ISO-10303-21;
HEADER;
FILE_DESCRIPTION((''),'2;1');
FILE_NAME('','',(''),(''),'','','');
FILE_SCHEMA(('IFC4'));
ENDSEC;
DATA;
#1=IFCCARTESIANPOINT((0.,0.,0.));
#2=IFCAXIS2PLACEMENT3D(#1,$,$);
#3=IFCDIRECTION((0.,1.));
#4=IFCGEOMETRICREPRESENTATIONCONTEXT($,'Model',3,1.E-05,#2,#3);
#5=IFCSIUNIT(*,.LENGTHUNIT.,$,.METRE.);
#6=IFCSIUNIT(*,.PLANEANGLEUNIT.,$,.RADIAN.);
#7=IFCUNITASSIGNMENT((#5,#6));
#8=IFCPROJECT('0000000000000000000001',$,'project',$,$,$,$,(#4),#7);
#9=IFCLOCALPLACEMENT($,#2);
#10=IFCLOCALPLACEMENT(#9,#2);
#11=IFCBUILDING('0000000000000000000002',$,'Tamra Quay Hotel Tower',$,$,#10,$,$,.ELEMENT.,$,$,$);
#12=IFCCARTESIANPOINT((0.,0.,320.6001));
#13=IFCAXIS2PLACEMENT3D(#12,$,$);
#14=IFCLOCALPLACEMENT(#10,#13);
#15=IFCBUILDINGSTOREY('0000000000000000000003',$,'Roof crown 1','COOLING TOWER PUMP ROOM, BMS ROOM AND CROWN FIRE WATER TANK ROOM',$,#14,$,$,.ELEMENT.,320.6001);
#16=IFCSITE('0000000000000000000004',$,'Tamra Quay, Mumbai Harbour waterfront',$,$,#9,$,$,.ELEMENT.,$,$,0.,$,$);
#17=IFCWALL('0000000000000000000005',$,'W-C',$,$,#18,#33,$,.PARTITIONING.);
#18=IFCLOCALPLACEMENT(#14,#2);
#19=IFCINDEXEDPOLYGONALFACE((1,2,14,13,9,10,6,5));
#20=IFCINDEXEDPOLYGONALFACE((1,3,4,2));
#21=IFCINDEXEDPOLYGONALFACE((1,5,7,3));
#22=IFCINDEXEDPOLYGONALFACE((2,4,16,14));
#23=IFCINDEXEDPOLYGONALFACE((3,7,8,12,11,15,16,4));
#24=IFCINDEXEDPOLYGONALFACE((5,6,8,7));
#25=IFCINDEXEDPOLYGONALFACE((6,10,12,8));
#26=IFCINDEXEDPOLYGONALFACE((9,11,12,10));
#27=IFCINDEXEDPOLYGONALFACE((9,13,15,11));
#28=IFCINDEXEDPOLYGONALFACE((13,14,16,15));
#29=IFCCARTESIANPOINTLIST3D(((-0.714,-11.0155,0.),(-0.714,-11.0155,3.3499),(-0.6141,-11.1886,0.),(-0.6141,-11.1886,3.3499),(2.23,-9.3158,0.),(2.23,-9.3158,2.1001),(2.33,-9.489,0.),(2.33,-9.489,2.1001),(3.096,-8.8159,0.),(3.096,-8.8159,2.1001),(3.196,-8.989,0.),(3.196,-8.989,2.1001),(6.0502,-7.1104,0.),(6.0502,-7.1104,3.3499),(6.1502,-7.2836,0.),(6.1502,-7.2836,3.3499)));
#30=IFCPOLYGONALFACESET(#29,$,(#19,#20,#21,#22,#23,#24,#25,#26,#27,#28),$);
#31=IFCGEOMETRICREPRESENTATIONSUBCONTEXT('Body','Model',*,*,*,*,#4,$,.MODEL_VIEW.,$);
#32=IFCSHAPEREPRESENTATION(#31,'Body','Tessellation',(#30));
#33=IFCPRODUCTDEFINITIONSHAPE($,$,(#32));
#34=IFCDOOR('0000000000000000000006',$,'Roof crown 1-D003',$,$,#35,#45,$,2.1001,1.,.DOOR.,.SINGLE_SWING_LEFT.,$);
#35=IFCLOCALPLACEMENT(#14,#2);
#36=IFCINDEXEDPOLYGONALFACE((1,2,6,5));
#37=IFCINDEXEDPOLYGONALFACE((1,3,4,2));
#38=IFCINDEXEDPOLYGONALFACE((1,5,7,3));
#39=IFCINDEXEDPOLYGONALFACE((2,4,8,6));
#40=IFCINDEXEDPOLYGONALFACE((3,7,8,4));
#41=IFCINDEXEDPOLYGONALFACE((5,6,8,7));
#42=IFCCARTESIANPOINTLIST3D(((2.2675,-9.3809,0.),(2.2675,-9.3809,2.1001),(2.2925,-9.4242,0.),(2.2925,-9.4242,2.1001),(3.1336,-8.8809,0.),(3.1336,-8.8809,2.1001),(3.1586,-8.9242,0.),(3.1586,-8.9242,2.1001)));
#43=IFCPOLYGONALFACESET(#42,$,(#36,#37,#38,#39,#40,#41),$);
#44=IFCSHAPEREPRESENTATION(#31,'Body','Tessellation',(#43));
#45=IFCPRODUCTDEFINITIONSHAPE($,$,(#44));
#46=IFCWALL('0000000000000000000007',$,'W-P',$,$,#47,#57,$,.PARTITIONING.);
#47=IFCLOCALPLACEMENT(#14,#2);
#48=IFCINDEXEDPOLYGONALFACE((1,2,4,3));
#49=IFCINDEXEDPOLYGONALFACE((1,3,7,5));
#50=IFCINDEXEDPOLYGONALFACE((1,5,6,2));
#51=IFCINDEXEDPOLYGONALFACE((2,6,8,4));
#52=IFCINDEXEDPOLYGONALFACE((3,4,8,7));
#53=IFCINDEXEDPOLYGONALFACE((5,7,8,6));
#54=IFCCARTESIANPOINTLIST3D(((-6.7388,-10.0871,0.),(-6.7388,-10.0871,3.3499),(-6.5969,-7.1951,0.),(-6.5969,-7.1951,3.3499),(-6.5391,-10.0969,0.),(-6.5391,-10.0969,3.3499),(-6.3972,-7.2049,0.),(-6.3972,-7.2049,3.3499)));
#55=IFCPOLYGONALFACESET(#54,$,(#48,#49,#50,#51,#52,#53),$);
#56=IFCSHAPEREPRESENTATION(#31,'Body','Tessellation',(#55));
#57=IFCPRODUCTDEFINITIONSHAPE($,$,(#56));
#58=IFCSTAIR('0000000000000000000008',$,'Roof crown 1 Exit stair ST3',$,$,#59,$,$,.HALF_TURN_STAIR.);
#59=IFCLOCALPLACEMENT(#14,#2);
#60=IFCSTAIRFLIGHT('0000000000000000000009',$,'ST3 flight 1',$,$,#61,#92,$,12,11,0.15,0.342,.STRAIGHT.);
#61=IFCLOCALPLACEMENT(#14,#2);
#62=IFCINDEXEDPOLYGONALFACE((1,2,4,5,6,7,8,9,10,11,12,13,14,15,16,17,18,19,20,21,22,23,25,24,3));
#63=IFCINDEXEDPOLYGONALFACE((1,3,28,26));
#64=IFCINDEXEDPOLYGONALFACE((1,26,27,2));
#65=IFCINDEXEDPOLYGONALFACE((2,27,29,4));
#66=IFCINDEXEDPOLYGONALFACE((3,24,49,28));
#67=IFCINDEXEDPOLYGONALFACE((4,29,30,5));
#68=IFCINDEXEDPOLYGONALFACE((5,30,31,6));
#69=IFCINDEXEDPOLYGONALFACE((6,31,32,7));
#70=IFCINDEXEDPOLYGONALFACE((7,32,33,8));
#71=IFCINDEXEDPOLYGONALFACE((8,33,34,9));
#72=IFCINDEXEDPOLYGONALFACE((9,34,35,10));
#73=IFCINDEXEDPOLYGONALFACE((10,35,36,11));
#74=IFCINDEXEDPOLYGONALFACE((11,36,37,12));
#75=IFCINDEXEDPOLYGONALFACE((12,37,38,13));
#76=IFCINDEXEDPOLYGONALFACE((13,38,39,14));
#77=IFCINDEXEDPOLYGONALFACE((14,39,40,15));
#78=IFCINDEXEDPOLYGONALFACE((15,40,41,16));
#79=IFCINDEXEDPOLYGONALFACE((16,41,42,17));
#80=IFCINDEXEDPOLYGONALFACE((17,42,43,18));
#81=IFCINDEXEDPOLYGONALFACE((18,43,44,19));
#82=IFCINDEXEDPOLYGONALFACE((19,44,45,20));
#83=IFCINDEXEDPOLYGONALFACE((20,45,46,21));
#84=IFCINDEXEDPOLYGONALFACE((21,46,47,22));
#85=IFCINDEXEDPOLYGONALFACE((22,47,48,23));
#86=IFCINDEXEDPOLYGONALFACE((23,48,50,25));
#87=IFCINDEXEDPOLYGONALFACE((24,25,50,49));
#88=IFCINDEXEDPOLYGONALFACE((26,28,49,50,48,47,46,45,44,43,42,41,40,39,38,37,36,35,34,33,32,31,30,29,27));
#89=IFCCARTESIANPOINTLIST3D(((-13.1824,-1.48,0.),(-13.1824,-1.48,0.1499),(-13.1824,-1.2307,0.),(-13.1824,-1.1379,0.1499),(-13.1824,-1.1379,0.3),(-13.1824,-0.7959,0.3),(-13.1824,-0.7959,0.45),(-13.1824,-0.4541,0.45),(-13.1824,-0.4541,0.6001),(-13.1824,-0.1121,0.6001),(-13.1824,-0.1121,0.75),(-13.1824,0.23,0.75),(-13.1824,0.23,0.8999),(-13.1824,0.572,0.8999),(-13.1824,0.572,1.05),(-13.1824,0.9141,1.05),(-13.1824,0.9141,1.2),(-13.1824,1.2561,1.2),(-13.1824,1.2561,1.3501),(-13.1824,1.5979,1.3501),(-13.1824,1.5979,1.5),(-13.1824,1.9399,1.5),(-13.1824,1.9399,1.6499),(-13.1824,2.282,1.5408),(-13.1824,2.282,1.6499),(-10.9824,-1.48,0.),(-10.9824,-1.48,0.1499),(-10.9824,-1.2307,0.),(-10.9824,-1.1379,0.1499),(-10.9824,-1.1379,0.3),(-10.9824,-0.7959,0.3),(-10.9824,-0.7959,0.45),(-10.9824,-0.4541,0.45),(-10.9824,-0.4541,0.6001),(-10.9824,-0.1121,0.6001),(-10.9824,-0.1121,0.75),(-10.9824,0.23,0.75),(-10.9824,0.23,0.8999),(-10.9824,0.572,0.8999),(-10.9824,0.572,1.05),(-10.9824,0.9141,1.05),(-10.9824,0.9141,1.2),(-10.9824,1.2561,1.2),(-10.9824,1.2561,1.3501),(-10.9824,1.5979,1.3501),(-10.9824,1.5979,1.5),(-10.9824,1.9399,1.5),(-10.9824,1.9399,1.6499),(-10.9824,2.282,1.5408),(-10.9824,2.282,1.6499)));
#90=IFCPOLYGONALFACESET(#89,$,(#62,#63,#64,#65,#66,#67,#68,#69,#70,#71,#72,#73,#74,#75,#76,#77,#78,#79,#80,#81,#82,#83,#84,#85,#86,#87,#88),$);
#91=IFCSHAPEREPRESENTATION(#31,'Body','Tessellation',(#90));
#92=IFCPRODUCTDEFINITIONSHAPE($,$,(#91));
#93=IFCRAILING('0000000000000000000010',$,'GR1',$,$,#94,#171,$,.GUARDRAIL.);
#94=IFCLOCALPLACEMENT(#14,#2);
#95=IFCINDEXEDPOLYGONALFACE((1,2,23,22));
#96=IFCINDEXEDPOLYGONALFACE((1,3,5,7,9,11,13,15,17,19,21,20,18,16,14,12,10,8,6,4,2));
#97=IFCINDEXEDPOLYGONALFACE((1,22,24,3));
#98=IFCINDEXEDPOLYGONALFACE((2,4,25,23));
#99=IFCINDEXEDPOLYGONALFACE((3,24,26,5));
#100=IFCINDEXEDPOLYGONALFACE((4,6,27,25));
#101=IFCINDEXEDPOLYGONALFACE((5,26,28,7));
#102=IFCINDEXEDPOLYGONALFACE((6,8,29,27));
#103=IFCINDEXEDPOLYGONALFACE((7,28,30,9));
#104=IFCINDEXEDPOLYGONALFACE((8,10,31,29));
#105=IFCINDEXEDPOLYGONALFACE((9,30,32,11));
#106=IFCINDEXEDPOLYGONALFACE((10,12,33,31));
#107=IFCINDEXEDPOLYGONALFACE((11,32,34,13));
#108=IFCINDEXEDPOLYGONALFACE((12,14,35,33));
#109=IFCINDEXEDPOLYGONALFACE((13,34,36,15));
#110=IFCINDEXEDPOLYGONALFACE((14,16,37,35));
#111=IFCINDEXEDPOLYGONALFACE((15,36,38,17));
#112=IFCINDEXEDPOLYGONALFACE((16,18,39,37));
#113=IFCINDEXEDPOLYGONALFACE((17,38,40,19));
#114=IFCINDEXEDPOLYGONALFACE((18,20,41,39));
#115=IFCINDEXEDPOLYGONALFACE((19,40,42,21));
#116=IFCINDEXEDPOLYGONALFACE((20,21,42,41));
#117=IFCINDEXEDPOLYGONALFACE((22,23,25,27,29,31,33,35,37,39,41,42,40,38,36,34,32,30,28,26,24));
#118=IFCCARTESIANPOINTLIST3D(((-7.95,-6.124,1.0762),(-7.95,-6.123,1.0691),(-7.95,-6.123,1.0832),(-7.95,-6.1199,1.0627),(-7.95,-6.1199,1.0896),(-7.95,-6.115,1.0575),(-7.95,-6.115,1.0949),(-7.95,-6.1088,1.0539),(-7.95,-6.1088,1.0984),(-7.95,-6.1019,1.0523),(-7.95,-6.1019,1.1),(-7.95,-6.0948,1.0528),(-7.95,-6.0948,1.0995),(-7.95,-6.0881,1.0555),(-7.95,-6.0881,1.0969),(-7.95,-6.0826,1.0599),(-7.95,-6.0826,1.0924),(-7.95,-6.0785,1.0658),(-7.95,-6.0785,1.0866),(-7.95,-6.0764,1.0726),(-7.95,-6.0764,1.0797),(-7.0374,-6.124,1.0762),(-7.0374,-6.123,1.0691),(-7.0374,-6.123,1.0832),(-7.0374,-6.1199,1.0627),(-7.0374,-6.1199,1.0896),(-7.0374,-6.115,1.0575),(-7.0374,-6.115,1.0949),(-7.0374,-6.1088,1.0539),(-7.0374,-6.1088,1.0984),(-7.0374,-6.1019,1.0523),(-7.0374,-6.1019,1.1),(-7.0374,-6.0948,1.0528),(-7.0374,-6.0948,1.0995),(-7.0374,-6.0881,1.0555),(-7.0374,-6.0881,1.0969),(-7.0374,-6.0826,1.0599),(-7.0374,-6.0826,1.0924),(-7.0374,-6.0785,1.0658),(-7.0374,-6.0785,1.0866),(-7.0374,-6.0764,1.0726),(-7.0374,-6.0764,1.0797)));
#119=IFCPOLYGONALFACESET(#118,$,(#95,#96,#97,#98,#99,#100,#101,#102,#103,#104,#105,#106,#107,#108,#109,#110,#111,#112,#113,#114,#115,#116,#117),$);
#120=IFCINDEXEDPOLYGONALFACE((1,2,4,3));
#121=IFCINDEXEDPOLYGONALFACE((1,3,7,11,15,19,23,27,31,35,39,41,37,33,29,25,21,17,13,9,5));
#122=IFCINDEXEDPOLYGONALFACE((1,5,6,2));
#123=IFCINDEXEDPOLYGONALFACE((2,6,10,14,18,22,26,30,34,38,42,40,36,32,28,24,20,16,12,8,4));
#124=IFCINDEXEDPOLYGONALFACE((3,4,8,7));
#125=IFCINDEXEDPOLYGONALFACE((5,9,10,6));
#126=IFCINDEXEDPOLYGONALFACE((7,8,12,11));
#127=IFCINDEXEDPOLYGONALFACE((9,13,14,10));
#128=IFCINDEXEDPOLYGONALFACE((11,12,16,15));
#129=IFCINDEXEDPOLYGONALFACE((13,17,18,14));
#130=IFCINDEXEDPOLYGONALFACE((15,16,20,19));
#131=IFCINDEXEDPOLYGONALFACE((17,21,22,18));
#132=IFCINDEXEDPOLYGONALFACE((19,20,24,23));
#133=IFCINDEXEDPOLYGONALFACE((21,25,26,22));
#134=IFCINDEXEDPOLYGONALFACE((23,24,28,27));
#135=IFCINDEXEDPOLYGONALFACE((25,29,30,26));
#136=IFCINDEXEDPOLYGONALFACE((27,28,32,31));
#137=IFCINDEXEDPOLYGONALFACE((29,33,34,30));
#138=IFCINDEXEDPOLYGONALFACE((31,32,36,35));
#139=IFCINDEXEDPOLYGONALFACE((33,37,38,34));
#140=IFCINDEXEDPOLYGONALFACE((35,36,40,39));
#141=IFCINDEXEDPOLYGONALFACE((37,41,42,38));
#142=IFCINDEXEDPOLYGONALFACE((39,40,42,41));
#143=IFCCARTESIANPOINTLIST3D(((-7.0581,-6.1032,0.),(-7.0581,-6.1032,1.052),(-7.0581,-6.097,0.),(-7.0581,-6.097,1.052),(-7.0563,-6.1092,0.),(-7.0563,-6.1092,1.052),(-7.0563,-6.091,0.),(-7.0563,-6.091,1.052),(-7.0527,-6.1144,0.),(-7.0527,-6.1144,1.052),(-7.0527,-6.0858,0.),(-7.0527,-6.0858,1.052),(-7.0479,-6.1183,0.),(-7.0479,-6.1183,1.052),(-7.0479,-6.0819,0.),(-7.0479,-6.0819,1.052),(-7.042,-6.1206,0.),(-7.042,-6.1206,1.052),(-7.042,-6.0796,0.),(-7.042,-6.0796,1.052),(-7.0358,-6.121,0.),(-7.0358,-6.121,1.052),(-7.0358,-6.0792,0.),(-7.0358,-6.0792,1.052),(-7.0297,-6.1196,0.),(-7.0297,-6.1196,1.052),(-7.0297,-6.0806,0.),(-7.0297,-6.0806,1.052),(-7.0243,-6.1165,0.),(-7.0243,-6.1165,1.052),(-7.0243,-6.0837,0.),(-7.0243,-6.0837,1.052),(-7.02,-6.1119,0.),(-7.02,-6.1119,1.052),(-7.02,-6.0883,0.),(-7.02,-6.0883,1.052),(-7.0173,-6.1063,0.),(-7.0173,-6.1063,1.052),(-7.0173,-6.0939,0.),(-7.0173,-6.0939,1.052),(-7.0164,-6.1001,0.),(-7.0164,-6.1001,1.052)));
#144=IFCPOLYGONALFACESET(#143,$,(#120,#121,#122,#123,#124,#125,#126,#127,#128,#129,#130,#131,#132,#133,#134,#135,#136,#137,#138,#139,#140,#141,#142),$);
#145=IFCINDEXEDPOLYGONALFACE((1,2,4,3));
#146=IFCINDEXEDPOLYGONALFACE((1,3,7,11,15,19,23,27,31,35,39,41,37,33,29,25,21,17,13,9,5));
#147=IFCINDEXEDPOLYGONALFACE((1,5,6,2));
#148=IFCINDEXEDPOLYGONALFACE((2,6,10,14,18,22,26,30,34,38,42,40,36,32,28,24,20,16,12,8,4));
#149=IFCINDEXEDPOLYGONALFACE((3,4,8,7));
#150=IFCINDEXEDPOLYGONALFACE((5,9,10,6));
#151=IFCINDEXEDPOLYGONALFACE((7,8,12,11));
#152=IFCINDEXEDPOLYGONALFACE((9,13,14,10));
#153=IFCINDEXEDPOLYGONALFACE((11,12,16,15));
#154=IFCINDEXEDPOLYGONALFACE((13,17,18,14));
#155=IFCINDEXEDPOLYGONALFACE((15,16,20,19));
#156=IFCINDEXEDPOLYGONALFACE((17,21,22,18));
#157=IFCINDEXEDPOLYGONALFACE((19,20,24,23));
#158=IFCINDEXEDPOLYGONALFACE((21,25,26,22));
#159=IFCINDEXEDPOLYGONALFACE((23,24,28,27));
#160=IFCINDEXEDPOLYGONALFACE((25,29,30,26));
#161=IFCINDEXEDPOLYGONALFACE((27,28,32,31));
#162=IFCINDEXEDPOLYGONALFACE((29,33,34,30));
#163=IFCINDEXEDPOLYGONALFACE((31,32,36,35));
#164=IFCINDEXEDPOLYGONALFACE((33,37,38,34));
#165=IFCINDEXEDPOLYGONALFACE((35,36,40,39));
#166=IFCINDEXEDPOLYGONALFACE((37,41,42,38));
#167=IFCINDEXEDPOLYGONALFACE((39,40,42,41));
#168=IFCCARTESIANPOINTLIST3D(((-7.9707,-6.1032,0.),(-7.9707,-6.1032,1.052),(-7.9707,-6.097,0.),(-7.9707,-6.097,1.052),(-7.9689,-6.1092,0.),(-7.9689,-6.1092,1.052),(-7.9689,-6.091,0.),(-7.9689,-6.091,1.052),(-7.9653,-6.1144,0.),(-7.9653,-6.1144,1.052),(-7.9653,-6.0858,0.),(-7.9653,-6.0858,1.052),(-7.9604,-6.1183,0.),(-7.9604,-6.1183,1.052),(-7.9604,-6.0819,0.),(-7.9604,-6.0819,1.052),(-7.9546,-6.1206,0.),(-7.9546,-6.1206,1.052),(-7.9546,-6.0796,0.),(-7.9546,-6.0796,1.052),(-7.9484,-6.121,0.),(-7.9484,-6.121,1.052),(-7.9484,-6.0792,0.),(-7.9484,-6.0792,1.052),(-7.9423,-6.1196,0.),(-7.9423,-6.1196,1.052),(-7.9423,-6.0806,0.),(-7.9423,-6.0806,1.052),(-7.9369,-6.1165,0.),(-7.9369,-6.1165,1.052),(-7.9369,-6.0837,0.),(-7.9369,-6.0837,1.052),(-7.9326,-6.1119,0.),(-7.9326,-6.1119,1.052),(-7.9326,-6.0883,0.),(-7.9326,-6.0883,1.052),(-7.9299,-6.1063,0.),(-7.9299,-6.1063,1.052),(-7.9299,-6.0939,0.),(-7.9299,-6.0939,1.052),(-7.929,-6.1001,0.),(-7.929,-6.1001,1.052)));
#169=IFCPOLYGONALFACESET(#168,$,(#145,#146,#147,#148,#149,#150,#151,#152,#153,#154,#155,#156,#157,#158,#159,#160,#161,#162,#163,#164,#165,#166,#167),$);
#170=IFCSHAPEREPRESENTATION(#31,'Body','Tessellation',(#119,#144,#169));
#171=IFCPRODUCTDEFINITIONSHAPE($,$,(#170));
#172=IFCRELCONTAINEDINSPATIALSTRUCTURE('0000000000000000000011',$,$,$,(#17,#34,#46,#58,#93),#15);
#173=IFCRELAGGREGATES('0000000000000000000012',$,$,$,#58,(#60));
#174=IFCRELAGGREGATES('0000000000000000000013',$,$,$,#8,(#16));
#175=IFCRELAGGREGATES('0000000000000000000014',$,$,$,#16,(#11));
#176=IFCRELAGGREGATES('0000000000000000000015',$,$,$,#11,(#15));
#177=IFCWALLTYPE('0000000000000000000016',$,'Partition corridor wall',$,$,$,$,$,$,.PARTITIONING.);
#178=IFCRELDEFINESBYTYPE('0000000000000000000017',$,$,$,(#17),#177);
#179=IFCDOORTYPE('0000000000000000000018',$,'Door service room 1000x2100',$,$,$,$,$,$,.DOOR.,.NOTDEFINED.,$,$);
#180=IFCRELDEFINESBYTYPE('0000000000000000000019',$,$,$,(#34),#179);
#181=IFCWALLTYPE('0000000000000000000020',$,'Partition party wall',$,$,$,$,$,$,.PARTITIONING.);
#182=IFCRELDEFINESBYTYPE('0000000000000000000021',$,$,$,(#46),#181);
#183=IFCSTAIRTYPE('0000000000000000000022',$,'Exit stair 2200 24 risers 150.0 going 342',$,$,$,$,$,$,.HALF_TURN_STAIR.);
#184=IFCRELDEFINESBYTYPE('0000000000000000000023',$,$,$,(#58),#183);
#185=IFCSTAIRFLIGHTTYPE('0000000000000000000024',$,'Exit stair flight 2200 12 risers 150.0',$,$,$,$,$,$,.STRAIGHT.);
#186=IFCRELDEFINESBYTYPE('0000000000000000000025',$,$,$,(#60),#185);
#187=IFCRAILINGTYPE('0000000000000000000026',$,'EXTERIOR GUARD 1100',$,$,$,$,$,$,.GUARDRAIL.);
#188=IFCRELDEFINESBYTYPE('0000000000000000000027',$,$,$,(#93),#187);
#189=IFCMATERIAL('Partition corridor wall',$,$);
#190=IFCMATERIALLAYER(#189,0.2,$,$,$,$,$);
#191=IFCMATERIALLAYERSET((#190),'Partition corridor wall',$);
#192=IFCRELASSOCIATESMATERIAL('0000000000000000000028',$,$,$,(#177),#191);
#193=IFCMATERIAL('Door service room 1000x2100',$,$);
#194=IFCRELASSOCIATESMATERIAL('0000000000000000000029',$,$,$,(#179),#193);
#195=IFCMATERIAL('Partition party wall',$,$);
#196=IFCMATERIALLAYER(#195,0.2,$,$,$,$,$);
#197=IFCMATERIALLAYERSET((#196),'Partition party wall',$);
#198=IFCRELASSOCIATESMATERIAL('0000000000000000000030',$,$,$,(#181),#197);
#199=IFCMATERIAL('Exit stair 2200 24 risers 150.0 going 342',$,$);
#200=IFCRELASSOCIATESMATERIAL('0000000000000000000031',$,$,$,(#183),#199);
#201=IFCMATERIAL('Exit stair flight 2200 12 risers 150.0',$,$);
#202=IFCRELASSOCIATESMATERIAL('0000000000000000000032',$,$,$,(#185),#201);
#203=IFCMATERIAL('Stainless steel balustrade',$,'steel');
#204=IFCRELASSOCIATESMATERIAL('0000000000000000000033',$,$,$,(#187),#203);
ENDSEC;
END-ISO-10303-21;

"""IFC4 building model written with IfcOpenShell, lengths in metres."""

from ifc_helpers import new_model, si_unit, direction, frame, frame_2d, origin, origin_2d, place, context, subcontext, project, spatial, polyline, rectangle, circle, outline, extrude, material, layer, layer_set, type_object, element, fill, aggregate, save


model = new_model("IFC4")

# Units and contexts
model_context = context("Model", 3, precision=1e-05, world=origin(), true_north=direction((0.0, 1.0)))
body_context = subcontext(model_context, "Body", "Model", "MODEL_VIEW")
ifc_project = project(units=[si_unit("LENGTHUNIT", "METRE"), si_unit("PLANEANGLEUNIT", "RADIAN")], contexts=[model_context])

# Site, building, storey
site_placement = place(None, origin())
site = spatial("IfcSite", under=ifc_project, at=site_placement, Name="Tamra Quay, Mumbai Harbour waterfront", CompositionType="ELEMENT", RefElevation=0.0)
building_placement = place(site_placement, origin())
building = spatial("IfcBuilding", under=site, at=building_placement, Name="Tamra Quay Hotel Tower", CompositionType="ELEMENT")
storey_placement = place(building_placement, frame((0.0, 0.0, 320.6001)))
storey = spatial("IfcBuildingStorey", under=building, at=storey_placement, Name="Roof crown 1", Description="COOLING TOWER PUMP ROOM, BMS ROOM AND CROWN FIRE WATER TANK ROOM", CompositionType="ELEMENT", Elevation=320.6001)

# Shared definitions
ifc_material_1 = material(Name="Partition corridor wall")
ifc_layer_1 = layer(ifc_material_1, 0.2)
ifc_layer_set_1 = layer_set([ifc_layer_1], Name="Partition corridor wall")
wall_type_1 = type_object("IfcWallType", Name="Partition corridor wall", PredefinedType="PARTITIONING", material=ifc_layer_set_1)

# Wall, opening, door
wall_1_placement = place(storey_placement, frame((-0.6641, -11.1021, 0.0), z_axis=(0.0, 0.0, 1.0), x_axis=(0.86604, 0.499975, 0.0)))
wall_1 = element("IfcWall", 1, at=wall_1_placement, inside=storey, type_object=wall_type_1, Name="W-C", PredefinedType="PARTITIONING", context=body_context, shape_type="SweptSolid", body=[
    extrude(rectangle(XDim=7.8105, YDim=0.2, at=frame_2d((3.9053, 0.0))), origin(), (0.0, 0.0, 1.0), 3.3499),
])
opening_1_placement = place(wall_1_placement, frame((3.3994, 0.0, 0.0)))
opening_1 = element("IfcOpeningElement", 2, at=opening_1_placement, cuts=wall_1, PredefinedType="OPENING", context=body_context, shape_type="SweptSolid", body=[
    extrude(rectangle(XDim=1.0, YDim=2.1001, at=frame_2d((0.5, 1.05))), frame((0.0, 0.1099, 0.0), z_axis=(0.0, -1.0, 0.0), x_axis=(1.0, 0.0, 0.0)), (0.0, 0.0, 1.0), 0.22),
])
ifc_material_2 = material(Name="Door service room 1000x2100")
door_type_1 = type_object("IfcDoorType", Name="Door service room 1000x2100", OperationType="NOTDEFINED", PredefinedType="DOOR", material=ifc_material_2)
door_1_placement = place(opening_1_placement, origin())
door_1 = element("IfcDoor", 3, at=door_1_placement, inside=storey, type_object=door_type_1, Name="Roof crown 1-D003", OperationType="SINGLE_SWING_LEFT", OverallHeight=2.1001, OverallWidth=1.0, PredefinedType="DOOR", context=body_context, shape_type="SweptSolid", body=[
    extrude(rectangle(XDim=1.0, YDim=2.1001, at=frame_2d((0.5, 1.05))), frame((0.0, 0.0249, 0.0), z_axis=(0.0, -1.0, 0.0), x_axis=(1.0, 0.0, 0.0)), (0.0, 0.0, 1.0), 0.05),
])
fill(opening_1, door_1)

# Wall
ifc_material_3 = material(Name="Partition party wall")
ifc_layer_2 = layer(ifc_material_3, 0.2)
ifc_layer_set_2 = layer_set([ifc_layer_2], Name="Partition party wall")
wall_type_2 = type_object("IfcWallType", Name="Partition party wall", PredefinedType="PARTITIONING", material=ifc_layer_set_2)
wall_2_placement = place(storey_placement, frame((-6.6389, -10.092, 0.0), z_axis=(0.0, 0.0, 1.0), x_axis=(0.048987, 0.998799, 0.0)))
element("IfcWall", 4, at=wall_2_placement, inside=storey, type_object=wall_type_2, Name="W-P", PredefinedType="PARTITIONING", context=body_context, shape_type="SweptSolid", body=[
    extrude(rectangle(XDim=2.8955, YDim=0.2, at=frame_2d((1.4478, 0.0))), origin(), (0.0, 0.0, 1.0), 3.3499),
])

# Stair, stair flight
ifc_material_4 = material(Name="Exit stair 2200 24 risers 150.0 going 342")
stair_type = type_object("IfcStairType", Name="Exit stair 2200 24 risers 150.0 going 342", PredefinedType="HALF_TURN_STAIR", material=ifc_material_4)
stair_placement = place(storey_placement, origin())
stair = element("IfcStair", 5, at=stair_placement, inside=storey, type_object=stair_type, Name="Roof crown 1 Exit stair ST3", PredefinedType="HALF_TURN_STAIR")
ifc_material_5 = material(Name="Exit stair flight 2200 12 risers 150.0")
stair_flight_type = type_object("IfcStairFlightType", Name="Exit stair flight 2200 12 risers 150.0", PredefinedType="STRAIGHT", material=ifc_material_5)
stair_flight_placement = place(storey_placement, frame((-12.0823, -1.48, 0.0), z_axis=(0.0, 0.0, 1.0), x_axis=(0.0, 1.0, 0.0)))
stair_flight = element("IfcStairFlight", 6, at=stair_flight_placement, type_object=stair_flight_type, Name="ST3 flight 1", NumberOfRisers=12, NumberOfTreads=11, PredefinedType="STRAIGHT", RiserHeight=0.15, TreadLength=0.342, context=body_context, shape_type="SweptSolid", body=[
    extrude(outline(polyline([(0.0, 0.0), (0.0, 0.1499), (0.342, 0.1499), (0.342, 0.3), (0.6841, 0.3), (0.6841, 0.45), (1.0259, 0.45), (1.0259, 0.6001), (1.3679, 0.6001), (1.3679, 0.75), (1.71, 0.75), (1.71, 0.8999), (2.052, 0.8999), (2.052, 1.05), (2.394, 1.05), (2.394, 1.2), (2.7361, 1.2), (2.7361, 1.3501), (3.0779, 1.3501), (3.0779, 1.5), (3.4199, 1.5), (3.4199, 1.6499), (3.762, 1.6499), (3.762, 1.8), (3.762, 1.5408), (0.2493, 0.0), (0.0, 0.0)])), frame((0.0, 1.1001, 0.0), z_axis=(0.0, -1.0, 0.0), x_axis=(1.0, 0.0, 0.0)), (0.0, 0.0, 1.0), 2.2),
])
aggregate(stair, [stair_flight])

# Railing
ifc_material_6 = material(Name="Stainless steel balustrade", Category="steel")
railing_type_1 = type_object("IfcRailingType", Name="EXTERIOR GUARD 1100", PredefinedType="GUARDRAIL", material=ifc_material_6)
railing_1_placement = place(storey_placement, frame((-7.0374, -6.1001, 0.0)))
element("IfcRailing", 7, at=railing_1_placement, inside=storey, type_object=railing_type_1, Name="GR1", PredefinedType="GUARDRAIL", context=body_context, shape_type="SweptSolid", body=[
    extrude(circle(Radius=0.0239, at=origin_2d()), frame((0.0, 0.0, 1.0762), z_axis=(-1.0, 0.0, 0.0), x_axis=(0.0, -1.0, 0.0)), (0.0, 0.0, 1.0), 0.9126),
    extrude(circle(Radius=0.021, at=origin_2d()), origin(), (0.0, 0.0, 1.0), 1.052),
    extrude(circle(Radius=0.021, at=origin_2d()), frame((-0.9126, 0.0, 0.0)), (0.0, 0.0, 1.0), 1.052),
])

save(model, "model.ifc")
